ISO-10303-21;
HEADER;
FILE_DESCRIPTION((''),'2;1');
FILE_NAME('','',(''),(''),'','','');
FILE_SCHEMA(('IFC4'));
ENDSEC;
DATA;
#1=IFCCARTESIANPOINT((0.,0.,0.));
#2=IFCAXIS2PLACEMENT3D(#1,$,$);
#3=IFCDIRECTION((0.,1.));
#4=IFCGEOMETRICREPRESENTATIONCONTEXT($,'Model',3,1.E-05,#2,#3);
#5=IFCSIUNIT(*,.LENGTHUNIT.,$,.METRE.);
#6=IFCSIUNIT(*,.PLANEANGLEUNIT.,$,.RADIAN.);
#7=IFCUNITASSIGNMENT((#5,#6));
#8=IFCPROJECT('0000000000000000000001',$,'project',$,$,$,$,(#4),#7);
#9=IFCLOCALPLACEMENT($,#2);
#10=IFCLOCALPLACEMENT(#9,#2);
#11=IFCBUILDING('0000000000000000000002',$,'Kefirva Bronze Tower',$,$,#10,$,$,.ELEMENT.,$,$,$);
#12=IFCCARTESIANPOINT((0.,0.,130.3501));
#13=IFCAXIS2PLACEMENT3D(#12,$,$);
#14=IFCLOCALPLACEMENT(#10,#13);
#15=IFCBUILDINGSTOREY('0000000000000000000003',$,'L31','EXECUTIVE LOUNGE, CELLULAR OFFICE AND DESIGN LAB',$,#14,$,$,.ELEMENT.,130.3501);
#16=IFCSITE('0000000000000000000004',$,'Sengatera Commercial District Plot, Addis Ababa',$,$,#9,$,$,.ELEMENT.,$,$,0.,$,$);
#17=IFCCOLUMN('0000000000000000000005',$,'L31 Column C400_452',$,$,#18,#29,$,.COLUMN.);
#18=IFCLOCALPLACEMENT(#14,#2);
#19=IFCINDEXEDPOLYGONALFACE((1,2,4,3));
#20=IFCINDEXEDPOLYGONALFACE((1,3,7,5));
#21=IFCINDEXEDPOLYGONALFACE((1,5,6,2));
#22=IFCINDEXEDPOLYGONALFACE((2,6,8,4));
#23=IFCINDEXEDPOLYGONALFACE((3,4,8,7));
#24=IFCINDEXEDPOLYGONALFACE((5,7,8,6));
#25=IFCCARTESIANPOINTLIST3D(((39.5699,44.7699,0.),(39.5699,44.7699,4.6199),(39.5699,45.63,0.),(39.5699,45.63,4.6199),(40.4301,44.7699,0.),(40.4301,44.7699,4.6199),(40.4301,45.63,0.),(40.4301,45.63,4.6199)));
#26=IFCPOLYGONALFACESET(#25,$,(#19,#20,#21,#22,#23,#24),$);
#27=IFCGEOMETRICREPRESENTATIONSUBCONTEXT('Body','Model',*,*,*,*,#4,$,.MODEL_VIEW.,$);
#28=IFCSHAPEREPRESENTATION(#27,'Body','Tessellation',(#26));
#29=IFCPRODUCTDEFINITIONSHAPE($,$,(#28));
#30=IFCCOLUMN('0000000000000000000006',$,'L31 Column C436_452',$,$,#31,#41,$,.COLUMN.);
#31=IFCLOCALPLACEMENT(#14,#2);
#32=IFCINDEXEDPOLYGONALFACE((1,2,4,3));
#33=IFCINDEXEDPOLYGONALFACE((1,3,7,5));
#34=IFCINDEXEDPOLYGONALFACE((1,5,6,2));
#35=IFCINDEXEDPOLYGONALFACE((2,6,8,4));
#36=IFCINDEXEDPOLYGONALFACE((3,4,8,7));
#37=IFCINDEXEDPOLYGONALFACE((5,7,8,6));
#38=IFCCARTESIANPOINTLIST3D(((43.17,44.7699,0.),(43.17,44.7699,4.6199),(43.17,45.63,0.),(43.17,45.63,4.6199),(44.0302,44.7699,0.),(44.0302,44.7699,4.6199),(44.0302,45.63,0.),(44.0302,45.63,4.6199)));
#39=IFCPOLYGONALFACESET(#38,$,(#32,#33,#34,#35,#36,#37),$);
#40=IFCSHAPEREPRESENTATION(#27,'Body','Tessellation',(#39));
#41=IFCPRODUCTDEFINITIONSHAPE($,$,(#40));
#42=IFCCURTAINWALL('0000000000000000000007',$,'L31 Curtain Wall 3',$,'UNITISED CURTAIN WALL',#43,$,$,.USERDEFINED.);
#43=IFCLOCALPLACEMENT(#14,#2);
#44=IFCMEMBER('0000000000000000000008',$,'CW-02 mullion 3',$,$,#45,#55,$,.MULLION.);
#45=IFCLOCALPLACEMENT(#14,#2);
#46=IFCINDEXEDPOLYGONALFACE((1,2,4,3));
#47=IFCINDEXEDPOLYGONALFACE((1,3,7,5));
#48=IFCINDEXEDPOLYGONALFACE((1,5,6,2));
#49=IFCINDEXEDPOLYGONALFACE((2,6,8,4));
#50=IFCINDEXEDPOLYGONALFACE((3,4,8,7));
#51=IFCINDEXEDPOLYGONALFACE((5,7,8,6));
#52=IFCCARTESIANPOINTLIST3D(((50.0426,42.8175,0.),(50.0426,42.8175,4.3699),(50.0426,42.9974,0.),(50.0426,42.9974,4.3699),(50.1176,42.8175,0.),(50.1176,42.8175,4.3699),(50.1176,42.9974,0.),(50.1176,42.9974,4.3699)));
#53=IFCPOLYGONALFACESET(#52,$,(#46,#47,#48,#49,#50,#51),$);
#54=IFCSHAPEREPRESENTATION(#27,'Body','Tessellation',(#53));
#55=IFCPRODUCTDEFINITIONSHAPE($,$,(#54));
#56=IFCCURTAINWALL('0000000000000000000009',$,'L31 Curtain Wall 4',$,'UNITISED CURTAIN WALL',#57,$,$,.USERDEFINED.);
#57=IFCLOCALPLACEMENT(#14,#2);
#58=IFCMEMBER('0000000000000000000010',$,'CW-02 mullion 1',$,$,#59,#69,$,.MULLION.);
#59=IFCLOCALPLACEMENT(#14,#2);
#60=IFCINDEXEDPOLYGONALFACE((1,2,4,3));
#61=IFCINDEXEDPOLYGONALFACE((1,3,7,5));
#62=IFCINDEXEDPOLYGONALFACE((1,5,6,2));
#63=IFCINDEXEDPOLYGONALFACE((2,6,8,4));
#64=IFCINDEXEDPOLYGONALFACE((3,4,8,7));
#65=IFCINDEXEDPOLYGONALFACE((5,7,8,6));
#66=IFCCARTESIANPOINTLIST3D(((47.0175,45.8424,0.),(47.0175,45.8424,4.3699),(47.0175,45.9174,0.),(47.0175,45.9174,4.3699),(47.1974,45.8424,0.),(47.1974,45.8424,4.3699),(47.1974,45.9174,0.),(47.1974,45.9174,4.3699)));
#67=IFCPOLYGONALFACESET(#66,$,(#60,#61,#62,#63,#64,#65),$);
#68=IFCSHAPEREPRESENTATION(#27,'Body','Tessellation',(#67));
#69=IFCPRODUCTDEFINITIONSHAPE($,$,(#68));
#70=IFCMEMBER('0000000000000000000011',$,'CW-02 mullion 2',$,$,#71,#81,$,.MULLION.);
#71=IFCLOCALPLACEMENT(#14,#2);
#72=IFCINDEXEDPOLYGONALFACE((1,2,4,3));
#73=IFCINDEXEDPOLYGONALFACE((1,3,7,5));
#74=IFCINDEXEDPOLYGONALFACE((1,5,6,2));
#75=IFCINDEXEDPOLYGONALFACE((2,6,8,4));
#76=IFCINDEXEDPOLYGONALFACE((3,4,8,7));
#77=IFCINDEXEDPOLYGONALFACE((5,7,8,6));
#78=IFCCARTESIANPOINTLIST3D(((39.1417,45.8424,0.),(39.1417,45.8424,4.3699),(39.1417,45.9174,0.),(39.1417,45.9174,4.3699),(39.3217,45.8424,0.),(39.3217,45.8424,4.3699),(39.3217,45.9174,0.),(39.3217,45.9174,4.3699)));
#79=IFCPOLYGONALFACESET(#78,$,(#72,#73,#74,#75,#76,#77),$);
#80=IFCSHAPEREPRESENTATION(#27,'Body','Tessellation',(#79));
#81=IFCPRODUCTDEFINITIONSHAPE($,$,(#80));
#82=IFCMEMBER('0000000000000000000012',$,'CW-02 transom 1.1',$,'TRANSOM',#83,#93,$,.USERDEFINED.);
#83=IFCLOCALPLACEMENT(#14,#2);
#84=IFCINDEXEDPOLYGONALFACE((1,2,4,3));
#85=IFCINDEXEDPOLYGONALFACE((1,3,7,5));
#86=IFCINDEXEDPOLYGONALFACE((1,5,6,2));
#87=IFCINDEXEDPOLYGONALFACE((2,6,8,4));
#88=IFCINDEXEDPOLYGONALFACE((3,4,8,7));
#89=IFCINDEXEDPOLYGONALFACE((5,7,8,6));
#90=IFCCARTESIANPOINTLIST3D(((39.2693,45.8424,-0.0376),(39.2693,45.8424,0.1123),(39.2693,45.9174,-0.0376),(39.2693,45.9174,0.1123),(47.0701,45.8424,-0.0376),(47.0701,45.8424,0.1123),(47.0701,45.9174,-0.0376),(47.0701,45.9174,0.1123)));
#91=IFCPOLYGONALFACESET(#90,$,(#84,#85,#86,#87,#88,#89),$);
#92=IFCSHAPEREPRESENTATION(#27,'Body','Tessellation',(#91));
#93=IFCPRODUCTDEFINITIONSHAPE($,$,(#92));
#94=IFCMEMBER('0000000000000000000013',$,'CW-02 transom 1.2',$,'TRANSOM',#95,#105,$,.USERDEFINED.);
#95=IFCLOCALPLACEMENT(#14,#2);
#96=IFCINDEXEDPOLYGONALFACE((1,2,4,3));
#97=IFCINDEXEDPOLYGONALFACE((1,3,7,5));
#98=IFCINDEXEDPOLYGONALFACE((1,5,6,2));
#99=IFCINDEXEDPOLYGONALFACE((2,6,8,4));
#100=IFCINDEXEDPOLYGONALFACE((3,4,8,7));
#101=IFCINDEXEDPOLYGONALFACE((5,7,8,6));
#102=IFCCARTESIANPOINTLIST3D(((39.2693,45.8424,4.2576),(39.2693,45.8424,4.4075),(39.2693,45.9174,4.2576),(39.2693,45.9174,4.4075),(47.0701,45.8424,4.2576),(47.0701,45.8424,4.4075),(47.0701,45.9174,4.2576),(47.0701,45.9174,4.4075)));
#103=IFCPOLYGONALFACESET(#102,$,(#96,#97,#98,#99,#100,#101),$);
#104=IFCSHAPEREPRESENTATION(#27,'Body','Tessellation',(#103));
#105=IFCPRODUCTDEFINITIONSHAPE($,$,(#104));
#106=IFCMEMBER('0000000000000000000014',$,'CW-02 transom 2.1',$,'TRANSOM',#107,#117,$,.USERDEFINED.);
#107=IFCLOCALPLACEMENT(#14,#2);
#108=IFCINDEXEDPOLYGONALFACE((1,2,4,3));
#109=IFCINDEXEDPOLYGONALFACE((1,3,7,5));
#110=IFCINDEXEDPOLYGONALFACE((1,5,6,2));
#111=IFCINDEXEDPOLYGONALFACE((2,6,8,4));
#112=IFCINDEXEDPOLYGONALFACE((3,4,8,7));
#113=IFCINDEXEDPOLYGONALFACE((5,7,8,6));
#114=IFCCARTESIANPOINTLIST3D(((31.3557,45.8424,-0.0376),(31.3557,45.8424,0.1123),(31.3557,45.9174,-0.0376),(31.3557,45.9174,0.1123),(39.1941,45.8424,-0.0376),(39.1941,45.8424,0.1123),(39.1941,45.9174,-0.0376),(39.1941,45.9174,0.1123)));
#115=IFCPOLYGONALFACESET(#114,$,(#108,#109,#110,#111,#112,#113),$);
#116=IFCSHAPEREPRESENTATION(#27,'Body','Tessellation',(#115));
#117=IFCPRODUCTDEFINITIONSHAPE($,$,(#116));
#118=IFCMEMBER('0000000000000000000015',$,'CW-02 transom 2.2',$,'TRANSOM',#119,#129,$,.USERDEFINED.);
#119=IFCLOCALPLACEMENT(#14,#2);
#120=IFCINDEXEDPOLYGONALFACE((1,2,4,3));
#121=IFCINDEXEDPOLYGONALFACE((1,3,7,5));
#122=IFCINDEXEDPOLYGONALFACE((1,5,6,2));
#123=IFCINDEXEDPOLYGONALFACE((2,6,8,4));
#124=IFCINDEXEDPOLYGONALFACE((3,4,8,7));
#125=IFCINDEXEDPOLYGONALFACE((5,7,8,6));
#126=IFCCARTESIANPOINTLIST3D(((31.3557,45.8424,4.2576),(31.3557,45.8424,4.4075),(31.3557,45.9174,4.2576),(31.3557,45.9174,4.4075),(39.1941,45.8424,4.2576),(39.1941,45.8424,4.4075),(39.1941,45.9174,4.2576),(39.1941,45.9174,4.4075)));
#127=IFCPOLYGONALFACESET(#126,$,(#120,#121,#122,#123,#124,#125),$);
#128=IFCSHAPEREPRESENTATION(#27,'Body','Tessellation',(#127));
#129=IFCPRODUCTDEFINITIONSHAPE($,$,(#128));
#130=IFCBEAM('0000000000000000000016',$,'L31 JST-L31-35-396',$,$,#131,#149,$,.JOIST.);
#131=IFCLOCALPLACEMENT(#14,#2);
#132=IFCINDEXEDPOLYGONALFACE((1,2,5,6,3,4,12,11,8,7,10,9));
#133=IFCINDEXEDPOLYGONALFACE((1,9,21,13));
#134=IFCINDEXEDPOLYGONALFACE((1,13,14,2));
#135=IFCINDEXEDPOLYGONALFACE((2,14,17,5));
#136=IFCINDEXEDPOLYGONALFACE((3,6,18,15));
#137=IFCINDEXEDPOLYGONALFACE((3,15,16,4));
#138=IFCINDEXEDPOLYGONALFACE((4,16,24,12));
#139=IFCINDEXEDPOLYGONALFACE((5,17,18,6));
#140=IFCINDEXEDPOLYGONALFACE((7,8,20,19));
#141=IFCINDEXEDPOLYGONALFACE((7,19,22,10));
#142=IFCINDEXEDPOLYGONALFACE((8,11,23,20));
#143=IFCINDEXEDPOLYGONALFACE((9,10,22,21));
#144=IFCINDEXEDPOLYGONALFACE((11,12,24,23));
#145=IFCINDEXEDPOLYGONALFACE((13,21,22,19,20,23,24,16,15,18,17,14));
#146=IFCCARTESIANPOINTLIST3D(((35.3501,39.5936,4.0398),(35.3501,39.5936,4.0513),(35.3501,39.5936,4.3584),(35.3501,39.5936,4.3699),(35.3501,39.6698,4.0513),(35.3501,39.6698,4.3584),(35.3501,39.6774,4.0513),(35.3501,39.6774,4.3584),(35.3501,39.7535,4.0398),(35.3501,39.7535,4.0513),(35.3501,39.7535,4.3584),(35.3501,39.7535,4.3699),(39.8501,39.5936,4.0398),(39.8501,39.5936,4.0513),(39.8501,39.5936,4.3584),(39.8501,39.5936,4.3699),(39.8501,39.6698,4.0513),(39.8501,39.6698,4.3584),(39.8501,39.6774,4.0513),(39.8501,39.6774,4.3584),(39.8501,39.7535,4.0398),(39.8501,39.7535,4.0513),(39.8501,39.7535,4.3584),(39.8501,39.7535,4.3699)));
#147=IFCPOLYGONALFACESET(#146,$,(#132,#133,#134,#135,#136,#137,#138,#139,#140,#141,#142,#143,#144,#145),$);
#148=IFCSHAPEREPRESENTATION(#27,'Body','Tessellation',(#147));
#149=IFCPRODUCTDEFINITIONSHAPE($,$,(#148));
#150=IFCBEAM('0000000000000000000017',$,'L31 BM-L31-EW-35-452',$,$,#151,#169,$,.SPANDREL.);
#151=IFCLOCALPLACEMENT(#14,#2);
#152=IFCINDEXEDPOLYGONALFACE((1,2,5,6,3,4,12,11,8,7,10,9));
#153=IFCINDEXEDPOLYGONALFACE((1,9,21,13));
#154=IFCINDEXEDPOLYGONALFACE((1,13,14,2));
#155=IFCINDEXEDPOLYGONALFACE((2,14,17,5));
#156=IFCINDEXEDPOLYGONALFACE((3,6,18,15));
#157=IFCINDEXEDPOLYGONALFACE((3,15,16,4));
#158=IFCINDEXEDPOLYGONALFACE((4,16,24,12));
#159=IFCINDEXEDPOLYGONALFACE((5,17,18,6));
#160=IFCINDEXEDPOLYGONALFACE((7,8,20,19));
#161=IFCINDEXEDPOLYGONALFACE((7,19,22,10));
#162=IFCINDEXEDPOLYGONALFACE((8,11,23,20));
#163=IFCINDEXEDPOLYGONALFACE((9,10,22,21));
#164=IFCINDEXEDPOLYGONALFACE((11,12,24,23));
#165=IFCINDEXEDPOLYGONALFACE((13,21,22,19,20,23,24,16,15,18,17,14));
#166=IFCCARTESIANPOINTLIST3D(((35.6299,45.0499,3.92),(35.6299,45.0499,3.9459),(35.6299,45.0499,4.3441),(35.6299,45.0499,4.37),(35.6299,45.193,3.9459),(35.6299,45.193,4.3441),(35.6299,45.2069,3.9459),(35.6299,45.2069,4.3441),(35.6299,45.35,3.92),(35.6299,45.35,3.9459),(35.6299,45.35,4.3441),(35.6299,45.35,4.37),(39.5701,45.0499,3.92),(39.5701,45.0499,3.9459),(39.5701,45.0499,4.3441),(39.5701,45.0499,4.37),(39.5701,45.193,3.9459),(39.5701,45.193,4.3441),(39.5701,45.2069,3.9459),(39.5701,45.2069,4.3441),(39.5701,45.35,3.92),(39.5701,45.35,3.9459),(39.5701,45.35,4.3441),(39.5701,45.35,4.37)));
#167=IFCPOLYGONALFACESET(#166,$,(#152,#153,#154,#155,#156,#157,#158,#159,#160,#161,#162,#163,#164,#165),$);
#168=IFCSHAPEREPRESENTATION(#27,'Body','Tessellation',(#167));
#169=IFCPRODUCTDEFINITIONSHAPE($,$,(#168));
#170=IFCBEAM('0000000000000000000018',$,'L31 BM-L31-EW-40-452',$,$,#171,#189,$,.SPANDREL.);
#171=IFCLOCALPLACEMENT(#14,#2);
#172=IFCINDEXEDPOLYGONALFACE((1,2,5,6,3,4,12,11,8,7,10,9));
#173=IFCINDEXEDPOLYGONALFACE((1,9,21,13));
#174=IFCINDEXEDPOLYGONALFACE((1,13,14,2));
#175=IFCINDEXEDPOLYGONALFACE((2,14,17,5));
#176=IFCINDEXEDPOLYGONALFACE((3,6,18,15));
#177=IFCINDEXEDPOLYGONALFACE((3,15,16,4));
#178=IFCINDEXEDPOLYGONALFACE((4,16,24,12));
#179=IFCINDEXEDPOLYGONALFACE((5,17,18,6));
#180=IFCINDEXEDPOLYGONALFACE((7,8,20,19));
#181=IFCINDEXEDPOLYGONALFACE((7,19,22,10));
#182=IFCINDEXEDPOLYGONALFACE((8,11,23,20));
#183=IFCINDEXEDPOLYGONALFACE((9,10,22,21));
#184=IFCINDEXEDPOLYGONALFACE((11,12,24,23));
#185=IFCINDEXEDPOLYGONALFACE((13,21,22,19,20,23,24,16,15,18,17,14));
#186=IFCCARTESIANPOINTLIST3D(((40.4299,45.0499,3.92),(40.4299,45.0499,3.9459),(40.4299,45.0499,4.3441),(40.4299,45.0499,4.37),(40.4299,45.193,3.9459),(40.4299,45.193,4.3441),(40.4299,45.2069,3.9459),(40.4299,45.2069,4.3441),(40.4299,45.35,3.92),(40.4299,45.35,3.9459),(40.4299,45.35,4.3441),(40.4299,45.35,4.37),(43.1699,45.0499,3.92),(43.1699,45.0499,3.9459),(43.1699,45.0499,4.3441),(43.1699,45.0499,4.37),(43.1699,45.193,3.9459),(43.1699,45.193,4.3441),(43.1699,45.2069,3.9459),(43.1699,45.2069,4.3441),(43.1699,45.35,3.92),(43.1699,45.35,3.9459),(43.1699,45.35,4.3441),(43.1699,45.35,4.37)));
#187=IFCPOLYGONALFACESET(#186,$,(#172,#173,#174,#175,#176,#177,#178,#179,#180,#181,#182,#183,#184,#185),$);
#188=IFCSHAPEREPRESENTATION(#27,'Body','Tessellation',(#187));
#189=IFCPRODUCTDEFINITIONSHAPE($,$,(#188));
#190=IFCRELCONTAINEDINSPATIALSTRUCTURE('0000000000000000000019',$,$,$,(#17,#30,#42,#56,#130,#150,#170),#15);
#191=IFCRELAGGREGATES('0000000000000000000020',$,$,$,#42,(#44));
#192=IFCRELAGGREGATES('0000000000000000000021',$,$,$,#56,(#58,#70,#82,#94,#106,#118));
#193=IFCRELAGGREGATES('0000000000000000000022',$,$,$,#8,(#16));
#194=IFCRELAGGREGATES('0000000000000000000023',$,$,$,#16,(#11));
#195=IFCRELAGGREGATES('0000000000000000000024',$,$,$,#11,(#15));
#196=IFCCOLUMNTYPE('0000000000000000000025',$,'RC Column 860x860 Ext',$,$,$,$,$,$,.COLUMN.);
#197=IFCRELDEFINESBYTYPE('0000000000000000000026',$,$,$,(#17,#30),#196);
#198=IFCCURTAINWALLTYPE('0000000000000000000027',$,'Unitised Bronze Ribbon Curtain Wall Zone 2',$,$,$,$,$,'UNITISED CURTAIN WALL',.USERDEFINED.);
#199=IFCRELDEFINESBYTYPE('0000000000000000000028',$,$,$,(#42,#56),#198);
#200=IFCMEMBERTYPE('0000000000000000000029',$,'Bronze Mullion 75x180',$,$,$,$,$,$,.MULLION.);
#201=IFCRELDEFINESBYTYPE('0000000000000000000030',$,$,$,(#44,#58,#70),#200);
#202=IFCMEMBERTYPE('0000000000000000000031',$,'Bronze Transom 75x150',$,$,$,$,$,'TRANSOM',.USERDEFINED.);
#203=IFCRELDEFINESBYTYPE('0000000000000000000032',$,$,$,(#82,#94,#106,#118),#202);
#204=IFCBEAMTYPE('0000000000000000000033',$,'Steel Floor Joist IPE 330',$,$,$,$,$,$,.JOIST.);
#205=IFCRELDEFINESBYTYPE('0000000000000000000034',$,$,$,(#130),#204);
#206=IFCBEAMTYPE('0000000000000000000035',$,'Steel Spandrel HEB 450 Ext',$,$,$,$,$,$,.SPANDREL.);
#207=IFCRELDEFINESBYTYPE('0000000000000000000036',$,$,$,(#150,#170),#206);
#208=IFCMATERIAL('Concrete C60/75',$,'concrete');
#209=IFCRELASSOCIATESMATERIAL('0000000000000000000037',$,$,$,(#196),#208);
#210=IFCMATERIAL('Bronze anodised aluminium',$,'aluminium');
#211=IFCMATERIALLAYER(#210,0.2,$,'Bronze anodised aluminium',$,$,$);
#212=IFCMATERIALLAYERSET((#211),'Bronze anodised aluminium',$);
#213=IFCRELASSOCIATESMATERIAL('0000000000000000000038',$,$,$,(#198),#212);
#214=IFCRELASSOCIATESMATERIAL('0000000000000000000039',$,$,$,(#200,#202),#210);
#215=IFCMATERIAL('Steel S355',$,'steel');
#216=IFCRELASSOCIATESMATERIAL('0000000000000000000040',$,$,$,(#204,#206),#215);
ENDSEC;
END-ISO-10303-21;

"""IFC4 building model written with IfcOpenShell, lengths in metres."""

from ifc_helpers import new_model, si_unit, direction, frame, origin, origin_2d, place, context, subcontext, project, spatial, rectangle, i_section, extrude, material, layer, layer_set, material_profile, profile_set, type_object, element, aggregate, save


model = new_model("IFC4")

# Units and contexts
model_context = context("Model", 3, precision=1e-05, world=origin(), true_north=direction((0.0, 1.0)))
body_context = subcontext(model_context, "Body", "Model", "MODEL_VIEW")
ifc_project = project(units=[si_unit("LENGTHUNIT", "METRE"), si_unit("PLANEANGLEUNIT", "RADIAN")], contexts=[model_context])

# Site, building, storey
site_placement = place(None, origin())
site = spatial("IfcSite", under=ifc_project, at=site_placement, Name="Sengatera Commercial District Plot, Addis Ababa", CompositionType="ELEMENT", RefElevation=0.0)
building_placement = place(site_placement, origin())
building = spatial("IfcBuilding", under=site, at=building_placement, Name="Kefirva Bronze Tower", CompositionType="ELEMENT")
storey_placement = place(building_placement, frame((0.0, 0.0, 130.3501)))
storey = spatial("IfcBuildingStorey", under=building, at=storey_placement, Name="L31", Description="EXECUTIVE LOUNGE, CELLULAR OFFICE AND DESIGN LAB", CompositionType="ELEMENT", Elevation=130.3501)

# Columns
ifc_material_1 = material(Name="Concrete C60/75", Category="concrete")
ifc_material_profile_1 = material_profile(ifc_material_1, rectangle(XDim=0.8601, YDim=0.8601, at=origin_2d()), Name="RC 860x860")
ifc_profile_set_1 = profile_set([ifc_material_profile_1], Name="Concrete C60/75")
column_type = type_object("IfcColumnType", Name="RC Column 860x860 Ext", PredefinedType="COLUMN", material=ifc_profile_set_1)
for number, where, z_axis, x_axis, name in (
    (1, (40.0, 45.2, 0.0), (0.0, 0.0, 1.0), (1.0, 0.0, 0.0), "L31 Column C400_452"),
    (2, (43.6001, 45.2, 0.0), (0.0, 0.0, 1.0), (1.0, 0.0, 0.0), "L31 Column C436_452"),
):
    element("IfcColumn", number, at=place(storey_placement, frame(where, z_axis=z_axis, x_axis=x_axis)), inside=storey, type_object=column_type, Name=name, PredefinedType="COLUMN", context=body_context, shape_type="SweptSolid", body=[
        extrude(rectangle(XDim=0.8601, YDim=0.8601, at=origin_2d()), origin(), (0.0, 0.0, 1.0), 4.6199),
    ])

# Curtain wall, member
ifc_material_2 = material(Name="Bronze anodised aluminium", Category="aluminium")
ifc_layer_1 = layer(ifc_material_2, 0.2, Name="Bronze anodised aluminium")
ifc_layer_set_1 = layer_set([ifc_layer_1], Name="Bronze anodised aluminium")
curtain_wall_type = type_object("IfcCurtainWallType", Name="Unitised Bronze Ribbon Curtain Wall Zone 2", ElementType="UNITISED CURTAIN WALL", PredefinedType="USERDEFINED", material=ifc_layer_set_1)
curtain_wall_1_placement = place(storey_placement, origin())
curtain_wall_1 = element("IfcCurtainWall", 3, at=curtain_wall_1_placement, inside=storey, type_object=curtain_wall_type, Name="L31 Curtain Wall 3", ObjectType="UNITISED CURTAIN WALL", PredefinedType="USERDEFINED")
ifc_material_profile_2 = material_profile(ifc_material_2, rectangle(XDim=0.075, YDim=0.1799, at=origin_2d()), Name="ALU 75x180")
ifc_profile_set_2 = profile_set([ifc_material_profile_2], Name="Bronze anodised aluminium")
member_type_1 = type_object("IfcMemberType", Name="Bronze Mullion 75x180", PredefinedType="MULLION", material=ifc_profile_set_2)
member_1_placement = place(storey_placement, frame((50.0801, 42.9075, 0.0), z_axis=(0.0, 0.0, 1.0), x_axis=(-1.0, 0.0, 0.0)))
member_1 = element("IfcMember", 4, at=member_1_placement, type_object=member_type_1, Name="CW-02 mullion 3", PredefinedType="MULLION", context=body_context, shape_type="SweptSolid", body=[
    extrude(rectangle(XDim=0.075, YDim=0.1799, at=origin_2d()), origin(), (0.0, 0.0, 1.0), 4.3699),
])

# Curtain wall, members
curtain_wall_2_placement = place(storey_placement, origin())
curtain_wall_2 = element("IfcCurtainWall", 5, at=curtain_wall_2_placement, inside=storey, type_object=curtain_wall_type, Name="L31 Curtain Wall 4", ObjectType="UNITISED CURTAIN WALL", PredefinedType="USERDEFINED")
member_2_placement = place(storey_placement, frame((47.1074, 45.8799, 0.0), z_axis=(0.0, 0.0, 1.0), x_axis=(0.0, -1.0, 0.0)))
member_2 = element("IfcMember", 6, at=member_2_placement, type_object=member_type_1, Name="CW-02 mullion 1", PredefinedType="MULLION", context=body_context, shape_type="SweptSolid", body=[
    extrude(rectangle(XDim=0.075, YDim=0.1799, at=origin_2d()), origin(), (0.0, 0.0, 1.0), 4.3699),
])
member_3_placement = place(storey_placement, frame((39.2317, 45.8799, 0.0), z_axis=(0.0, 0.0, 1.0), x_axis=(0.0, -1.0, 0.0)))
member_3 = element("IfcMember", 7, at=member_3_placement, type_object=member_type_1, Name="CW-02 mullion 2", PredefinedType="MULLION", context=body_context, shape_type="SweptSolid", body=[
    extrude(rectangle(XDim=0.075, YDim=0.1799, at=origin_2d()), origin(), (0.0, 0.0, 1.0), 4.3699),
])
ifc_material_profile_3 = material_profile(ifc_material_2, rectangle(XDim=0.075, YDim=0.1499, at=origin_2d()), Name="ALU 75x150")
ifc_profile_set_3 = profile_set([ifc_material_profile_3], Name="Bronze anodised aluminium")
member_type_2 = type_object("IfcMemberType", Name="Bronze Transom 75x150", ElementType="TRANSOM", PredefinedType="USERDEFINED", material=ifc_profile_set_3)
member_4_placement = place(storey_placement, frame((47.0701, 45.8799, 0.0374), z_axis=(-1.0, 0.0, 0.0), x_axis=(0.0, -1.0, 0.0)))
member_4 = element("IfcMember", 8, at=member_4_placement, type_object=member_type_2, Name="CW-02 transom 1.1", ObjectType="TRANSOM", PredefinedType="USERDEFINED", context=body_context, shape_type="SweptSolid", body=[
    extrude(rectangle(XDim=0.075, YDim=0.1499, at=origin_2d()), origin(), (0.0, 0.0, 1.0), 7.8008),
])
member_5_placement = place(storey_placement, frame((47.0701, 45.8799, 4.3325), z_axis=(-1.0, 0.0, 0.0), x_axis=(0.0, -1.0, 0.0)))
member_5 = element("IfcMember", 9, at=member_5_placement, type_object=member_type_2, Name="CW-02 transom 1.2", ObjectType="TRANSOM", PredefinedType="USERDEFINED", context=body_context, shape_type="SweptSolid", body=[
    extrude(rectangle(XDim=0.075, YDim=0.1499, at=origin_2d()), origin(), (0.0, 0.0, 1.0), 7.8008),
])
member_6_placement = place(storey_placement, frame((39.1941, 45.8799, 0.0374), z_axis=(-1.0, 0.0, 0.0), x_axis=(0.0, -1.0, 0.0)))
member_6 = element("IfcMember", 10, at=member_6_placement, type_object=member_type_2, Name="CW-02 transom 2.1", ObjectType="TRANSOM", PredefinedType="USERDEFINED", context=body_context, shape_type="SweptSolid", body=[
    extrude(rectangle(XDim=0.075, YDim=0.1499, at=origin_2d()), origin(), (0.0, 0.0, 1.0), 7.8384),
])
member_7_placement = place(storey_placement, frame((39.1941, 45.8799, 4.3325), z_axis=(-1.0, 0.0, 0.0), x_axis=(0.0, -1.0, 0.0)))
member_7 = element("IfcMember", 11, at=member_7_placement, type_object=member_type_2, Name="CW-02 transom 2.2", ObjectType="TRANSOM", PredefinedType="USERDEFINED", context=body_context, shape_type="SweptSolid", body=[
    extrude(rectangle(XDim=0.075, YDim=0.1499, at=origin_2d()), origin(), (0.0, 0.0, 1.0), 7.8384),
])

# Beams
ifc_material_3 = material(Name="Steel S355", Category="steel")
ifc_material_profile_4 = material_profile(ifc_material_3, i_section(OverallWidth=0.1599, OverallDepth=0.3301, WebThickness=0.0076, FlangeThickness=0.0115, at=origin_2d()), Name="IPE 330")
ifc_profile_set_4 = profile_set([ifc_material_profile_4], Name="Steel S355")
beam_type_1 = type_object("IfcBeamType", Name="Steel Floor Joist IPE 330", PredefinedType="JOIST", material=ifc_profile_set_4)
beam_1_placement = place(storey_placement, frame((35.3501, 39.6736, 4.2048), z_axis=(1.0, 0.0, 0.0), x_axis=(0.0, 1.0, 0.0)))
element("IfcBeam", 12, at=beam_1_placement, inside=storey, type_object=beam_type_1, Name="L31 JST-L31-35-396", PredefinedType="JOIST", context=body_context, shape_type="SweptSolid", body=[
    extrude(i_section(OverallWidth=0.1599, OverallDepth=0.3301, WebThickness=0.0076, FlangeThickness=0.0115, at=origin_2d()), origin(), (0.0, 0.0, 1.0), 4.5),
])
ifc_material_profile_5 = material_profile(ifc_material_3, i_section(OverallWidth=0.3, OverallDepth=0.45, WebThickness=0.0139, FlangeThickness=0.0259, at=origin_2d()), Name="HEB 450")
ifc_profile_set_5 = profile_set([ifc_material_profile_5], Name="Steel S355")
beam_type_2 = type_object("IfcBeamType", Name="Steel Spandrel HEB 450 Ext", PredefinedType="SPANDREL", material=ifc_profile_set_5)
beam_2_placement = place(storey_placement, frame((35.6299, 45.2, 4.145), z_axis=(1.0, 0.0, 0.0), x_axis=(0.0, 1.0, 0.0)))
element("IfcBeam", 13, at=beam_2_placement, inside=storey, type_object=beam_type_2, Name="L31 BM-L31-EW-35-452", PredefinedType="SPANDREL", context=body_context, shape_type="SweptSolid", body=[
    extrude(i_section(OverallWidth=0.3, OverallDepth=0.45, WebThickness=0.0139, FlangeThickness=0.0259, at=origin_2d()), origin(), (0.0, 0.0, 1.0), 3.9402),
])
beam_3_placement = place(storey_placement, frame((40.4299, 45.2, 4.145), z_axis=(1.0, 0.0, 0.0), x_axis=(0.0, 1.0, 0.0)))
element("IfcBeam", 14, at=beam_3_placement, inside=storey, type_object=beam_type_2, Name="L31 BM-L31-EW-40-452", PredefinedType="SPANDREL", context=body_context, shape_type="SweptSolid", body=[
    extrude(i_section(OverallWidth=0.3, OverallDepth=0.45, WebThickness=0.0139, FlangeThickness=0.0259, at=origin_2d()), origin(), (0.0, 0.0, 1.0), 2.74),
])

aggregate(curtain_wall_1, [member_1])
aggregate(curtain_wall_2, [member_2, member_3, member_4, member_5, member_6, member_7])

save(model, "model.ifc")
